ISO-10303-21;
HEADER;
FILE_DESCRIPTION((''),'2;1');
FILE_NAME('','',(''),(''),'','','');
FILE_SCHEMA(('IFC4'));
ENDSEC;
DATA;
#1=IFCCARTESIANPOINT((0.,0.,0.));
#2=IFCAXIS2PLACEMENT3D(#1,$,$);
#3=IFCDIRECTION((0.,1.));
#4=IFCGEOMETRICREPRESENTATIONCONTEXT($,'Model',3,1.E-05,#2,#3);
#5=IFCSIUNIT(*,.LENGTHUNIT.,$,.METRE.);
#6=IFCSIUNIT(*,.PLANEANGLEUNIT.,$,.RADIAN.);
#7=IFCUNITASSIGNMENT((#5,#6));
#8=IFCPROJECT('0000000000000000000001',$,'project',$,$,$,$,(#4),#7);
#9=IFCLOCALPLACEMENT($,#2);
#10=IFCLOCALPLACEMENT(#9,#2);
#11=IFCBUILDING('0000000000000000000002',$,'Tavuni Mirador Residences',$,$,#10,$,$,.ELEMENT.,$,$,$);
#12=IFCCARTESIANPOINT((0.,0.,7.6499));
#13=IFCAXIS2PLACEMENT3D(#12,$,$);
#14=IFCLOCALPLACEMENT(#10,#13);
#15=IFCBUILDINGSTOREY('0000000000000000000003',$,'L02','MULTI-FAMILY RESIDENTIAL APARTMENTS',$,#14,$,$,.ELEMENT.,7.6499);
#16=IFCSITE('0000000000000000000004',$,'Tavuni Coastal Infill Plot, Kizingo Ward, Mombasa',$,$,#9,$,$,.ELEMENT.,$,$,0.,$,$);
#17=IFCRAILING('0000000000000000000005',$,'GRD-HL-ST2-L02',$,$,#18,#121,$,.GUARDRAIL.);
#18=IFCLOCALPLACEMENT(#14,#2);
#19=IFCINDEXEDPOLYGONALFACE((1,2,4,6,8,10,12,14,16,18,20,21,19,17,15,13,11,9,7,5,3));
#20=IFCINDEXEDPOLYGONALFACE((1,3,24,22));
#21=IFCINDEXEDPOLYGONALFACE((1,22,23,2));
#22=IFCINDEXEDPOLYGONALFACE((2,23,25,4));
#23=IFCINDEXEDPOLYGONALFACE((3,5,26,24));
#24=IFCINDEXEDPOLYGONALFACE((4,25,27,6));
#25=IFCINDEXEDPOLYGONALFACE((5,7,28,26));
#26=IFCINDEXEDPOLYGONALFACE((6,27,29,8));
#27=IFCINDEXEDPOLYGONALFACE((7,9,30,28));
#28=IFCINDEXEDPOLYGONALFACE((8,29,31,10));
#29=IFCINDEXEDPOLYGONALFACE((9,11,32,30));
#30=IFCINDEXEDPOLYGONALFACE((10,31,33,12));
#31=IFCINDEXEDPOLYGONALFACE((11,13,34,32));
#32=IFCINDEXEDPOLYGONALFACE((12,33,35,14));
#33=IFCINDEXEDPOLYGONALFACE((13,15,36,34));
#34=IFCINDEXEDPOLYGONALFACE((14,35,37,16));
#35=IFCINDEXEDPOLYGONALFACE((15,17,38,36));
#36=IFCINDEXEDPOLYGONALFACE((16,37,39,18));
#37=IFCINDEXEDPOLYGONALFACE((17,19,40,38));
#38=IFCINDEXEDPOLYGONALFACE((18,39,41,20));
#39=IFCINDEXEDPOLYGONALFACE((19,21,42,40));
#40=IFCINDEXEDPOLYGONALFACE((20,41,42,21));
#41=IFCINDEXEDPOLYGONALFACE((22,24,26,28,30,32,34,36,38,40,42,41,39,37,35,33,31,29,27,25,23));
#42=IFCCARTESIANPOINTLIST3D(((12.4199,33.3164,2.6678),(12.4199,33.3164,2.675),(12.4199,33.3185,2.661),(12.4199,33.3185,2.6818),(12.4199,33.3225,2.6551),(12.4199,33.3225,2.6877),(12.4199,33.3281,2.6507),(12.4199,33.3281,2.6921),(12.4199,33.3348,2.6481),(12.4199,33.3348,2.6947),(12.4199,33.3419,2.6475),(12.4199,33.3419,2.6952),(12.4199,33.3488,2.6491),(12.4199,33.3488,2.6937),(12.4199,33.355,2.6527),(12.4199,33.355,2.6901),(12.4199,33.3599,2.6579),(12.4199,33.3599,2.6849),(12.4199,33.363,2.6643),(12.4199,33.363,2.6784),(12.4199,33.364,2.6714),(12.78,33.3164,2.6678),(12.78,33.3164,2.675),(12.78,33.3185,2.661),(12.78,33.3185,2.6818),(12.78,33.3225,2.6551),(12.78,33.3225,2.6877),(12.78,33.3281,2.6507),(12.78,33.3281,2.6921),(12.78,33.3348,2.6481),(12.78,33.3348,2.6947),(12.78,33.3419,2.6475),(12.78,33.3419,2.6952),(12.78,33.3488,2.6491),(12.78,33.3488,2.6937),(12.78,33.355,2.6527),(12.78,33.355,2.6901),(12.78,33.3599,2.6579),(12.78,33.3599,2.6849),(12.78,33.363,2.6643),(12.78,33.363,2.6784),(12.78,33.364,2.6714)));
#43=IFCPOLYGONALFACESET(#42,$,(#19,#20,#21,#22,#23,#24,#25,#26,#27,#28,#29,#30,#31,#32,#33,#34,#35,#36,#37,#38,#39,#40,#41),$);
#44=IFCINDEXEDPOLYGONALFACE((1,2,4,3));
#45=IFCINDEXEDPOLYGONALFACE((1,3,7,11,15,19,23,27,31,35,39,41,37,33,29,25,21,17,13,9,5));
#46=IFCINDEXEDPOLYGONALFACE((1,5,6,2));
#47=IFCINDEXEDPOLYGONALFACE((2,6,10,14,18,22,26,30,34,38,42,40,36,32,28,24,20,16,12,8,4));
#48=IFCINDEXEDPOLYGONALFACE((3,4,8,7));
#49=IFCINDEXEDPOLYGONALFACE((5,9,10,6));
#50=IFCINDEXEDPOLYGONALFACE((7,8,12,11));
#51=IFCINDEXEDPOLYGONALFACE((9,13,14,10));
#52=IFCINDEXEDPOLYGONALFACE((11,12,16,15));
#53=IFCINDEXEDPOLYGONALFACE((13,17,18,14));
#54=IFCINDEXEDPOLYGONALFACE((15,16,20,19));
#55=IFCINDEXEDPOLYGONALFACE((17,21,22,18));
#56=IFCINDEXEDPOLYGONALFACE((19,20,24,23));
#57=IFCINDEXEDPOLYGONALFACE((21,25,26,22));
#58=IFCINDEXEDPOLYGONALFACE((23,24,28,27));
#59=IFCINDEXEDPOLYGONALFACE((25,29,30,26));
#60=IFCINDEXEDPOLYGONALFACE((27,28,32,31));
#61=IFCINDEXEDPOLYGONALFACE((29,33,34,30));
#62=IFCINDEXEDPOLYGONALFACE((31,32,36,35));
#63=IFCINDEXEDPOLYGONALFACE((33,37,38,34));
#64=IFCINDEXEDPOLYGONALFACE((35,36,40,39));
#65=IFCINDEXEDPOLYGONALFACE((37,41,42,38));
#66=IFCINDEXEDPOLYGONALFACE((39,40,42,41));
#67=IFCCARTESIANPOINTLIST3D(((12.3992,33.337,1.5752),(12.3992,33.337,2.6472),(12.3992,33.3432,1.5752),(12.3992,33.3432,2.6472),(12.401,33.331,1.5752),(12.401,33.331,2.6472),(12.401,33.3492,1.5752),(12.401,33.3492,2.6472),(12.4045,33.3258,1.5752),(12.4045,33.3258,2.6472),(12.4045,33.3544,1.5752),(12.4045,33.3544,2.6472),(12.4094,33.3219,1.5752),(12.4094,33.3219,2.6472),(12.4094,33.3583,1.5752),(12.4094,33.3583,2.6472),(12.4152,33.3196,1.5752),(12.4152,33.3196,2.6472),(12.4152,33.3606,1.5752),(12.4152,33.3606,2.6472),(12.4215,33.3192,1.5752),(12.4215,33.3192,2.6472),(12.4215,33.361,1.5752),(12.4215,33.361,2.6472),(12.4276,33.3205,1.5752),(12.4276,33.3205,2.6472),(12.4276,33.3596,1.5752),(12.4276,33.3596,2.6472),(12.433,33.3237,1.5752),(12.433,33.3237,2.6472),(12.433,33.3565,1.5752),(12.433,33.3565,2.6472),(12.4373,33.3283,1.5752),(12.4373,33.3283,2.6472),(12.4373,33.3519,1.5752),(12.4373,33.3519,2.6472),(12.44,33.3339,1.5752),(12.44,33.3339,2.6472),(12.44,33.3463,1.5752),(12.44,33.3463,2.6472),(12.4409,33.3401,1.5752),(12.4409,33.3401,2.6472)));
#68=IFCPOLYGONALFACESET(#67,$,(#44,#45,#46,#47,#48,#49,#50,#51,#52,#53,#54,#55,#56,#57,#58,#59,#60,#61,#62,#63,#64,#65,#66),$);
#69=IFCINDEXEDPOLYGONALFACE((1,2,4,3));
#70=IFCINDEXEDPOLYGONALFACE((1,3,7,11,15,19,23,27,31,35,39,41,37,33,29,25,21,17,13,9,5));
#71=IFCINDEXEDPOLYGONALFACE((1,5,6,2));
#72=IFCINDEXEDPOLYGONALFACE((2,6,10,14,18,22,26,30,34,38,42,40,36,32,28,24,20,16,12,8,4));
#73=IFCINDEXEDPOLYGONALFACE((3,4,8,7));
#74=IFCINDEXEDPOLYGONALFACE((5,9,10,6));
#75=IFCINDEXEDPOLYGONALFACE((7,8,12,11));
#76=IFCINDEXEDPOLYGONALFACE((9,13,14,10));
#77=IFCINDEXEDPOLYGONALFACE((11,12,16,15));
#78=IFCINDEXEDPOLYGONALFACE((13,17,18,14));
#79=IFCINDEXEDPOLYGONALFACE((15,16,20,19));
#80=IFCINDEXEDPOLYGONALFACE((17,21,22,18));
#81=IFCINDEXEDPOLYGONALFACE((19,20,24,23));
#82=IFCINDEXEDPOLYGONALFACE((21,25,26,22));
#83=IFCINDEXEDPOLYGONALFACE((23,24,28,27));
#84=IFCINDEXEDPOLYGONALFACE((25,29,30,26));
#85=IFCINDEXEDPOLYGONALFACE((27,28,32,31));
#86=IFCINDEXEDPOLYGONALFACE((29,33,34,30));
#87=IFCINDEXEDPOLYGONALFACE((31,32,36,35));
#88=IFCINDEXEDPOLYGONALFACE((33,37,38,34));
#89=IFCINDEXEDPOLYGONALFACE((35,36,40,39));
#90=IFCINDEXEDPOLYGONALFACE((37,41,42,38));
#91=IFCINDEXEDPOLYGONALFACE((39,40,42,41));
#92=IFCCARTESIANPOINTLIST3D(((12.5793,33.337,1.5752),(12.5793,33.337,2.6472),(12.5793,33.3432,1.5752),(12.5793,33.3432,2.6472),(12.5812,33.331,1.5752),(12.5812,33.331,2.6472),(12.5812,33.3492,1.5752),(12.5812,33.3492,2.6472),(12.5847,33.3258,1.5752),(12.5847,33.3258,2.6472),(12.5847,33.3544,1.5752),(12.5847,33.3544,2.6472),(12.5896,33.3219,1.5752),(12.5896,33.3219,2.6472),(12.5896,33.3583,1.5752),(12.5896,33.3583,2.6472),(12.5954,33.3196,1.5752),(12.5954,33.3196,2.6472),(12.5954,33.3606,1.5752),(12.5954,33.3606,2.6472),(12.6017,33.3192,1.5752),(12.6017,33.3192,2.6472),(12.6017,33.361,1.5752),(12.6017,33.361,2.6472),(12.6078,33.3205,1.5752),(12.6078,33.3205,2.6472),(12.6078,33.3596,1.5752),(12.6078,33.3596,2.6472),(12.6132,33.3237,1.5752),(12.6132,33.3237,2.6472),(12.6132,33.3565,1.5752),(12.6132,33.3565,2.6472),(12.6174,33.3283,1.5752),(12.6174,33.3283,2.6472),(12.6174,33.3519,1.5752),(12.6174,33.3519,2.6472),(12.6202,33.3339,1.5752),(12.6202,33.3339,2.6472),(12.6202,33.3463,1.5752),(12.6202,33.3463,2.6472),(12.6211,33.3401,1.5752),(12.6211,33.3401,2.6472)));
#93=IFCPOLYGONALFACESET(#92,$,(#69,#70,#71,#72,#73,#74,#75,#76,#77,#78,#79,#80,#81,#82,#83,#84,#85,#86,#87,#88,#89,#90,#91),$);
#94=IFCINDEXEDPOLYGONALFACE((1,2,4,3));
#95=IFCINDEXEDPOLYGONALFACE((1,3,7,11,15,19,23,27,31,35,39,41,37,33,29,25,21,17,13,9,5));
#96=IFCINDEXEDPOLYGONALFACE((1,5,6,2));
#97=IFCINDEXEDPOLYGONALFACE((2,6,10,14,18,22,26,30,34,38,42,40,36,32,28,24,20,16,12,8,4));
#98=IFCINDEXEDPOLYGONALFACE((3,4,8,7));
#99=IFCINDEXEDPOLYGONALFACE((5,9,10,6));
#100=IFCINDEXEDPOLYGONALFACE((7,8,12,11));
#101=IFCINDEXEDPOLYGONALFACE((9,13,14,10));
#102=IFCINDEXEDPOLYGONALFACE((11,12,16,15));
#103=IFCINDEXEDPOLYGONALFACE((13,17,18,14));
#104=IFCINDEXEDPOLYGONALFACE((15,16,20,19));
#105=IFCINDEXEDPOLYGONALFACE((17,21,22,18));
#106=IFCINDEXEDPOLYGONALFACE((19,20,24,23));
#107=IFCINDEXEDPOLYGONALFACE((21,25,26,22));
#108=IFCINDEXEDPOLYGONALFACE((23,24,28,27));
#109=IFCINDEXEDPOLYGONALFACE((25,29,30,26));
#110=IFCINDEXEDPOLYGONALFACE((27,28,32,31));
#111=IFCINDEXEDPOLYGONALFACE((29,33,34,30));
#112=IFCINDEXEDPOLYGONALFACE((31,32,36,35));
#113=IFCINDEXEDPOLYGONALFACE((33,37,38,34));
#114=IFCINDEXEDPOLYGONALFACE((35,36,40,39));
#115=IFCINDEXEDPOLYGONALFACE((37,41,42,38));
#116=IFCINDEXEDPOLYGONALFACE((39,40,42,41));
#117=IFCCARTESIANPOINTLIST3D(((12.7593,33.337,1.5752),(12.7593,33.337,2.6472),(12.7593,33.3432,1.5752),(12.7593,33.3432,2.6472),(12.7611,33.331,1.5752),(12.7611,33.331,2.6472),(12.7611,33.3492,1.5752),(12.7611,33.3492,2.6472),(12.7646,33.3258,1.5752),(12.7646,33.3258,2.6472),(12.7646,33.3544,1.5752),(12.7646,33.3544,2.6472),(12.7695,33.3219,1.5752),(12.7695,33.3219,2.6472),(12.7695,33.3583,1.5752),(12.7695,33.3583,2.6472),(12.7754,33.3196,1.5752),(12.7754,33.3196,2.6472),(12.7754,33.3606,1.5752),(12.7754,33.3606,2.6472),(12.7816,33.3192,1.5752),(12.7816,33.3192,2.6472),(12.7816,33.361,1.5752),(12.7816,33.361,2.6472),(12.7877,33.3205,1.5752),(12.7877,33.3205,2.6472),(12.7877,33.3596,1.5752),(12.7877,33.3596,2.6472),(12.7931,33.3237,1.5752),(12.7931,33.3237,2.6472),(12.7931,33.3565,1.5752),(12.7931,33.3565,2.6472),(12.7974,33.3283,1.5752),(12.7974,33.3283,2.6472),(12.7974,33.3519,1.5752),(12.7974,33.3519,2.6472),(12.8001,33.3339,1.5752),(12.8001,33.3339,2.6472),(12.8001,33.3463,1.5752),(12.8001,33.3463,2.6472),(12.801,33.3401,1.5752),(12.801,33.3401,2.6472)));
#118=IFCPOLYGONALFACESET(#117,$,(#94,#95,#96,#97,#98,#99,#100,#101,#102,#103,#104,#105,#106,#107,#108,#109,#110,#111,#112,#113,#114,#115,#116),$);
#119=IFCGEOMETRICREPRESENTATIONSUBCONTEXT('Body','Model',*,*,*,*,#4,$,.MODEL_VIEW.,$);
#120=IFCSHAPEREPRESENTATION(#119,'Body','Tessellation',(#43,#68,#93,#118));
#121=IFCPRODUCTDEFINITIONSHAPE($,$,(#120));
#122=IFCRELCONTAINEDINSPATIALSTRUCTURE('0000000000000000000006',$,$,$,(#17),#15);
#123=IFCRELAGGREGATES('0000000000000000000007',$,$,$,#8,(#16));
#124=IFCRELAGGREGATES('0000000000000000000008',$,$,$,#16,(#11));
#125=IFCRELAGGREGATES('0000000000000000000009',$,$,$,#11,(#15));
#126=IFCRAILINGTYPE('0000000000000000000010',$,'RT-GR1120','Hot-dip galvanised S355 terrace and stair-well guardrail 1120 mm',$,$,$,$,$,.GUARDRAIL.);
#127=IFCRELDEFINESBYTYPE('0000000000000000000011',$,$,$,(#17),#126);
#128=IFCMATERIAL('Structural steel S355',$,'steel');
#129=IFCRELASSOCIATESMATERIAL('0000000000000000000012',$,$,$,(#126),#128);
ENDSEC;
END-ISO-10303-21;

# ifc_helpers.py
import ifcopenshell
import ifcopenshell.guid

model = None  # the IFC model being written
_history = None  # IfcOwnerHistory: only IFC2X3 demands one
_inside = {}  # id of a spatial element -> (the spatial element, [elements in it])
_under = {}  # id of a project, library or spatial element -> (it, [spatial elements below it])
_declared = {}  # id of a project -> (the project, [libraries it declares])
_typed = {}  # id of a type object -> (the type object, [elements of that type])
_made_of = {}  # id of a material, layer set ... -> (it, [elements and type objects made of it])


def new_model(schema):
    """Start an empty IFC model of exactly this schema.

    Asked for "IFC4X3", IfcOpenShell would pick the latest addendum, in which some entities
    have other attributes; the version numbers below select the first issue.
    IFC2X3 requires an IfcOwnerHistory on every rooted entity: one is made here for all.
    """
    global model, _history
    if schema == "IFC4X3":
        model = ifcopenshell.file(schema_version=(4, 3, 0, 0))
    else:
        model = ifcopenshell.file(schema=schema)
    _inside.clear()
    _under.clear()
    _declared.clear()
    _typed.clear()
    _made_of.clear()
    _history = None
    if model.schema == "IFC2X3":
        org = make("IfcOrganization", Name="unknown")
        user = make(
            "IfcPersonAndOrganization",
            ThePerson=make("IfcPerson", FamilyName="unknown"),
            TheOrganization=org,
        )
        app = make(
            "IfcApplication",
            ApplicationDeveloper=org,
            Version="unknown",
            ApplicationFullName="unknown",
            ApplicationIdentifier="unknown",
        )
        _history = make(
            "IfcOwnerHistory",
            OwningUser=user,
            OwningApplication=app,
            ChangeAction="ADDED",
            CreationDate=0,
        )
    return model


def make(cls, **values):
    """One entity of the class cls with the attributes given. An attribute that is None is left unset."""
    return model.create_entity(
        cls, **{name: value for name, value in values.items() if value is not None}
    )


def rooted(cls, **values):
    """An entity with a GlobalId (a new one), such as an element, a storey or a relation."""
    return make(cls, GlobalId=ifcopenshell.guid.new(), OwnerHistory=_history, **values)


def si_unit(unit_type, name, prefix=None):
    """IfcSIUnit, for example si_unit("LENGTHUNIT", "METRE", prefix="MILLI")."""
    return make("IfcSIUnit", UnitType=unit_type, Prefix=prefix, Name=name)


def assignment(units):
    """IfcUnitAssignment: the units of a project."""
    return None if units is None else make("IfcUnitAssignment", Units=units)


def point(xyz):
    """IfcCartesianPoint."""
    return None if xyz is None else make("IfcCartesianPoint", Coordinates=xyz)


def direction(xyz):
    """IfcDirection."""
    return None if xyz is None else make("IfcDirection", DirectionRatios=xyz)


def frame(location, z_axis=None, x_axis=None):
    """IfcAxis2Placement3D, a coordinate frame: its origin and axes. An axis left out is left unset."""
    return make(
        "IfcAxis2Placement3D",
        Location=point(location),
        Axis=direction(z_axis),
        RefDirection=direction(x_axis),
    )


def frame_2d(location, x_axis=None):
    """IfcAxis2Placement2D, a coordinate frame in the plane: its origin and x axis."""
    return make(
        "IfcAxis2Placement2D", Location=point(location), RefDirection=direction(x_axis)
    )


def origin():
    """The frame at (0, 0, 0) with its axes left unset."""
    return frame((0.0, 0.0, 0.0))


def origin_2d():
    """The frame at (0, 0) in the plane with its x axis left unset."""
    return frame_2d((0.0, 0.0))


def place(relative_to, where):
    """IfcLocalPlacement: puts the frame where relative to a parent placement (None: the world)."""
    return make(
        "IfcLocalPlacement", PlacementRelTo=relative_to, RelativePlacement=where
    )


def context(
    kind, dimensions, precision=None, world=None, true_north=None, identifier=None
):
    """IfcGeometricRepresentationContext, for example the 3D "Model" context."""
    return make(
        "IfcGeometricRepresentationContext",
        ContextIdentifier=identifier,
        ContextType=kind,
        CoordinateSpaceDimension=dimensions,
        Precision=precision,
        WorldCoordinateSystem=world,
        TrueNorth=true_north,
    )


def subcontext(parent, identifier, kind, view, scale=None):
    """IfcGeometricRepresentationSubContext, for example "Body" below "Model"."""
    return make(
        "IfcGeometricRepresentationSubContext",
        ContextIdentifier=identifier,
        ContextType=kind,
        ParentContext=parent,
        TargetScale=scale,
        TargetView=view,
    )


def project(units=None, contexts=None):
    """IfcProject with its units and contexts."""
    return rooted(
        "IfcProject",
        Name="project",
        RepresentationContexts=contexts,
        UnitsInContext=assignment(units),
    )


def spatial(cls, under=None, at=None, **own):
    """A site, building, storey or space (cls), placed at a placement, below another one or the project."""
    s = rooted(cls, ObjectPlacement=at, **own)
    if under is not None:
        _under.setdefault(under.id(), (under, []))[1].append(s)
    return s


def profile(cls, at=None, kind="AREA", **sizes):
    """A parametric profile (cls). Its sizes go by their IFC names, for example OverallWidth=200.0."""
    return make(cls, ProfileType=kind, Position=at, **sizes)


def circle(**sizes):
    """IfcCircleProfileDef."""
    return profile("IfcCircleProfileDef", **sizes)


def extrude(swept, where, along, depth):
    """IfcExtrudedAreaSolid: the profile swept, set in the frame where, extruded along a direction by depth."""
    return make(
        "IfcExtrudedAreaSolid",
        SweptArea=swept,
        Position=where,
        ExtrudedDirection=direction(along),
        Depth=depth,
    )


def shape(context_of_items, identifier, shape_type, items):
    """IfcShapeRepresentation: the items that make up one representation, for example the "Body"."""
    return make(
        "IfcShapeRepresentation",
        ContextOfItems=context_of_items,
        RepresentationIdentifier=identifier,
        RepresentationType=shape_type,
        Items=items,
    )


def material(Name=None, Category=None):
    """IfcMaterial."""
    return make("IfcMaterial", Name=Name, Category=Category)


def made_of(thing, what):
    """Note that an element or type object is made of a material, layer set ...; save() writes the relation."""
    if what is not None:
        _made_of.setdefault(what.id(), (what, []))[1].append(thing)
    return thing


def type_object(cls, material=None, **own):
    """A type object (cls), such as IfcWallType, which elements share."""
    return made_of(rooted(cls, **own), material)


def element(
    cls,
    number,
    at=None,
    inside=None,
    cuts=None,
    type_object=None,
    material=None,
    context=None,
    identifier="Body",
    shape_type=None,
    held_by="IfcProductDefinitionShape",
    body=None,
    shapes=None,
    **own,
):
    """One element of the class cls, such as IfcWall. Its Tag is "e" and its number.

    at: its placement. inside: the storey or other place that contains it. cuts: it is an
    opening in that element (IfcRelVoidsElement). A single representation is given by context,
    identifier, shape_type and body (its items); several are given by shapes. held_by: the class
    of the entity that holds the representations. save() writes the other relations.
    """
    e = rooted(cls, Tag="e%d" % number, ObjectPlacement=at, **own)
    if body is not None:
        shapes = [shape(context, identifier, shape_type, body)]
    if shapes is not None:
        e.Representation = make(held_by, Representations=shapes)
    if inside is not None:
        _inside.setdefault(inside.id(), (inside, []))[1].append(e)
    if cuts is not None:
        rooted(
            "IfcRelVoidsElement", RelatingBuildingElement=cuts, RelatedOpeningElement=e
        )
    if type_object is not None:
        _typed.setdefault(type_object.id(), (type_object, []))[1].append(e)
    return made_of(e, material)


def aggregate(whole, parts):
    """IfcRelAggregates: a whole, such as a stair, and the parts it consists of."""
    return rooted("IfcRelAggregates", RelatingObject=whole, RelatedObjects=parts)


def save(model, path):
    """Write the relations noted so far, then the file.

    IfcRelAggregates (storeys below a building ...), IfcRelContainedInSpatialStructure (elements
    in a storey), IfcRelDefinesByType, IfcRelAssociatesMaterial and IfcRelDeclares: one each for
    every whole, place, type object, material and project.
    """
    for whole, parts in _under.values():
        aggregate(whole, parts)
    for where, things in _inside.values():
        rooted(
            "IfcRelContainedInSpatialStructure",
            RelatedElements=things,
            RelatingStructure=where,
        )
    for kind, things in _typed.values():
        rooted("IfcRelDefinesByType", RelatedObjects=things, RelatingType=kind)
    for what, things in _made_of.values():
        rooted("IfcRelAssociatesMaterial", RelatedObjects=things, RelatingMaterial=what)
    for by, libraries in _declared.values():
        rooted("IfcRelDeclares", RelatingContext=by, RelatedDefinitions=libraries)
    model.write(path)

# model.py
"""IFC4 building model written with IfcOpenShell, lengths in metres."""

from ifc_helpers import new_model, si_unit, direction, frame, origin, origin_2d, place, context, subcontext, project, spatial, circle, extrude, material, type_object, element, save


model = new_model("IFC4")

# Units and contexts
model_context = context("Model", 3, precision=1e-05, world=origin(), true_north=direction((0.0, 1.0)))
body_context = subcontext(model_context, "Body", "Model", "MODEL_VIEW")
ifc_project = project(units=[si_unit("LENGTHUNIT", "METRE"), si_unit("PLANEANGLEUNIT", "RADIAN")], contexts=[model_context])

# Site, building, storey
site_placement = place(None, origin())
site = spatial("IfcSite", under=ifc_project, at=site_placement, Name="Tavuni Coastal Infill Plot, Kizingo Ward, Mombasa", CompositionType="ELEMENT", RefElevation=0.0)
building_placement = place(site_placement, origin())
building = spatial("IfcBuilding", under=site, at=building_placement, Name="Tavuni Mirador Residences", CompositionType="ELEMENT")
storey_placement = place(building_placement, frame((0.0, 0.0, 7.6499)))
storey = spatial("IfcBuildingStorey", under=building, at=storey_placement, Name="L02", Description="MULTI-FAMILY RESIDENTIAL APARTMENTS", CompositionType="ELEMENT", Elevation=7.6499)

# Railing
ifc_material_1 = material(Name="Structural steel S355", Category="steel")
railing_type_1 = type_object("IfcRailingType", Name="RT-GR1120", Description="Hot-dip galvanised S355 terrace and stair-well guardrail 1120 mm", PredefinedType="GUARDRAIL", material=ifc_material_1)
railing_1_placement = place(storey_placement, frame((12.4199, 33.3401, 1.5752)))
element("IfcRailing", 1, at=railing_1_placement, inside=storey, type_object=railing_type_1, Name="GRD-HL-ST2-L02", PredefinedType="GUARDRAIL", context=body_context, shape_type="SweptSolid", body=[
    extrude(circle(Radius=0.0239, at=origin_2d()), frame((0.0, 0.0, 1.0962), z_axis=(1.0, 0.0, 0.0), x_axis=(0.0, 1.0, 0.0)), (0.0, 0.0, 1.0), 0.3601),
    extrude(circle(Radius=0.021, at=origin_2d()), origin(), (0.0, 0.0, 1.0), 1.072),
    extrude(circle(Radius=0.021, at=origin_2d()), frame((0.1802, 0.0, 0.0)), (0.0, 0.0, 1.0), 1.072),
    extrude(circle(Radius=0.021, at=origin_2d()), frame((0.3601, 0.0, 0.0)), (0.0, 0.0, 1.0), 1.072),
])

save(model, "model.ifc")
